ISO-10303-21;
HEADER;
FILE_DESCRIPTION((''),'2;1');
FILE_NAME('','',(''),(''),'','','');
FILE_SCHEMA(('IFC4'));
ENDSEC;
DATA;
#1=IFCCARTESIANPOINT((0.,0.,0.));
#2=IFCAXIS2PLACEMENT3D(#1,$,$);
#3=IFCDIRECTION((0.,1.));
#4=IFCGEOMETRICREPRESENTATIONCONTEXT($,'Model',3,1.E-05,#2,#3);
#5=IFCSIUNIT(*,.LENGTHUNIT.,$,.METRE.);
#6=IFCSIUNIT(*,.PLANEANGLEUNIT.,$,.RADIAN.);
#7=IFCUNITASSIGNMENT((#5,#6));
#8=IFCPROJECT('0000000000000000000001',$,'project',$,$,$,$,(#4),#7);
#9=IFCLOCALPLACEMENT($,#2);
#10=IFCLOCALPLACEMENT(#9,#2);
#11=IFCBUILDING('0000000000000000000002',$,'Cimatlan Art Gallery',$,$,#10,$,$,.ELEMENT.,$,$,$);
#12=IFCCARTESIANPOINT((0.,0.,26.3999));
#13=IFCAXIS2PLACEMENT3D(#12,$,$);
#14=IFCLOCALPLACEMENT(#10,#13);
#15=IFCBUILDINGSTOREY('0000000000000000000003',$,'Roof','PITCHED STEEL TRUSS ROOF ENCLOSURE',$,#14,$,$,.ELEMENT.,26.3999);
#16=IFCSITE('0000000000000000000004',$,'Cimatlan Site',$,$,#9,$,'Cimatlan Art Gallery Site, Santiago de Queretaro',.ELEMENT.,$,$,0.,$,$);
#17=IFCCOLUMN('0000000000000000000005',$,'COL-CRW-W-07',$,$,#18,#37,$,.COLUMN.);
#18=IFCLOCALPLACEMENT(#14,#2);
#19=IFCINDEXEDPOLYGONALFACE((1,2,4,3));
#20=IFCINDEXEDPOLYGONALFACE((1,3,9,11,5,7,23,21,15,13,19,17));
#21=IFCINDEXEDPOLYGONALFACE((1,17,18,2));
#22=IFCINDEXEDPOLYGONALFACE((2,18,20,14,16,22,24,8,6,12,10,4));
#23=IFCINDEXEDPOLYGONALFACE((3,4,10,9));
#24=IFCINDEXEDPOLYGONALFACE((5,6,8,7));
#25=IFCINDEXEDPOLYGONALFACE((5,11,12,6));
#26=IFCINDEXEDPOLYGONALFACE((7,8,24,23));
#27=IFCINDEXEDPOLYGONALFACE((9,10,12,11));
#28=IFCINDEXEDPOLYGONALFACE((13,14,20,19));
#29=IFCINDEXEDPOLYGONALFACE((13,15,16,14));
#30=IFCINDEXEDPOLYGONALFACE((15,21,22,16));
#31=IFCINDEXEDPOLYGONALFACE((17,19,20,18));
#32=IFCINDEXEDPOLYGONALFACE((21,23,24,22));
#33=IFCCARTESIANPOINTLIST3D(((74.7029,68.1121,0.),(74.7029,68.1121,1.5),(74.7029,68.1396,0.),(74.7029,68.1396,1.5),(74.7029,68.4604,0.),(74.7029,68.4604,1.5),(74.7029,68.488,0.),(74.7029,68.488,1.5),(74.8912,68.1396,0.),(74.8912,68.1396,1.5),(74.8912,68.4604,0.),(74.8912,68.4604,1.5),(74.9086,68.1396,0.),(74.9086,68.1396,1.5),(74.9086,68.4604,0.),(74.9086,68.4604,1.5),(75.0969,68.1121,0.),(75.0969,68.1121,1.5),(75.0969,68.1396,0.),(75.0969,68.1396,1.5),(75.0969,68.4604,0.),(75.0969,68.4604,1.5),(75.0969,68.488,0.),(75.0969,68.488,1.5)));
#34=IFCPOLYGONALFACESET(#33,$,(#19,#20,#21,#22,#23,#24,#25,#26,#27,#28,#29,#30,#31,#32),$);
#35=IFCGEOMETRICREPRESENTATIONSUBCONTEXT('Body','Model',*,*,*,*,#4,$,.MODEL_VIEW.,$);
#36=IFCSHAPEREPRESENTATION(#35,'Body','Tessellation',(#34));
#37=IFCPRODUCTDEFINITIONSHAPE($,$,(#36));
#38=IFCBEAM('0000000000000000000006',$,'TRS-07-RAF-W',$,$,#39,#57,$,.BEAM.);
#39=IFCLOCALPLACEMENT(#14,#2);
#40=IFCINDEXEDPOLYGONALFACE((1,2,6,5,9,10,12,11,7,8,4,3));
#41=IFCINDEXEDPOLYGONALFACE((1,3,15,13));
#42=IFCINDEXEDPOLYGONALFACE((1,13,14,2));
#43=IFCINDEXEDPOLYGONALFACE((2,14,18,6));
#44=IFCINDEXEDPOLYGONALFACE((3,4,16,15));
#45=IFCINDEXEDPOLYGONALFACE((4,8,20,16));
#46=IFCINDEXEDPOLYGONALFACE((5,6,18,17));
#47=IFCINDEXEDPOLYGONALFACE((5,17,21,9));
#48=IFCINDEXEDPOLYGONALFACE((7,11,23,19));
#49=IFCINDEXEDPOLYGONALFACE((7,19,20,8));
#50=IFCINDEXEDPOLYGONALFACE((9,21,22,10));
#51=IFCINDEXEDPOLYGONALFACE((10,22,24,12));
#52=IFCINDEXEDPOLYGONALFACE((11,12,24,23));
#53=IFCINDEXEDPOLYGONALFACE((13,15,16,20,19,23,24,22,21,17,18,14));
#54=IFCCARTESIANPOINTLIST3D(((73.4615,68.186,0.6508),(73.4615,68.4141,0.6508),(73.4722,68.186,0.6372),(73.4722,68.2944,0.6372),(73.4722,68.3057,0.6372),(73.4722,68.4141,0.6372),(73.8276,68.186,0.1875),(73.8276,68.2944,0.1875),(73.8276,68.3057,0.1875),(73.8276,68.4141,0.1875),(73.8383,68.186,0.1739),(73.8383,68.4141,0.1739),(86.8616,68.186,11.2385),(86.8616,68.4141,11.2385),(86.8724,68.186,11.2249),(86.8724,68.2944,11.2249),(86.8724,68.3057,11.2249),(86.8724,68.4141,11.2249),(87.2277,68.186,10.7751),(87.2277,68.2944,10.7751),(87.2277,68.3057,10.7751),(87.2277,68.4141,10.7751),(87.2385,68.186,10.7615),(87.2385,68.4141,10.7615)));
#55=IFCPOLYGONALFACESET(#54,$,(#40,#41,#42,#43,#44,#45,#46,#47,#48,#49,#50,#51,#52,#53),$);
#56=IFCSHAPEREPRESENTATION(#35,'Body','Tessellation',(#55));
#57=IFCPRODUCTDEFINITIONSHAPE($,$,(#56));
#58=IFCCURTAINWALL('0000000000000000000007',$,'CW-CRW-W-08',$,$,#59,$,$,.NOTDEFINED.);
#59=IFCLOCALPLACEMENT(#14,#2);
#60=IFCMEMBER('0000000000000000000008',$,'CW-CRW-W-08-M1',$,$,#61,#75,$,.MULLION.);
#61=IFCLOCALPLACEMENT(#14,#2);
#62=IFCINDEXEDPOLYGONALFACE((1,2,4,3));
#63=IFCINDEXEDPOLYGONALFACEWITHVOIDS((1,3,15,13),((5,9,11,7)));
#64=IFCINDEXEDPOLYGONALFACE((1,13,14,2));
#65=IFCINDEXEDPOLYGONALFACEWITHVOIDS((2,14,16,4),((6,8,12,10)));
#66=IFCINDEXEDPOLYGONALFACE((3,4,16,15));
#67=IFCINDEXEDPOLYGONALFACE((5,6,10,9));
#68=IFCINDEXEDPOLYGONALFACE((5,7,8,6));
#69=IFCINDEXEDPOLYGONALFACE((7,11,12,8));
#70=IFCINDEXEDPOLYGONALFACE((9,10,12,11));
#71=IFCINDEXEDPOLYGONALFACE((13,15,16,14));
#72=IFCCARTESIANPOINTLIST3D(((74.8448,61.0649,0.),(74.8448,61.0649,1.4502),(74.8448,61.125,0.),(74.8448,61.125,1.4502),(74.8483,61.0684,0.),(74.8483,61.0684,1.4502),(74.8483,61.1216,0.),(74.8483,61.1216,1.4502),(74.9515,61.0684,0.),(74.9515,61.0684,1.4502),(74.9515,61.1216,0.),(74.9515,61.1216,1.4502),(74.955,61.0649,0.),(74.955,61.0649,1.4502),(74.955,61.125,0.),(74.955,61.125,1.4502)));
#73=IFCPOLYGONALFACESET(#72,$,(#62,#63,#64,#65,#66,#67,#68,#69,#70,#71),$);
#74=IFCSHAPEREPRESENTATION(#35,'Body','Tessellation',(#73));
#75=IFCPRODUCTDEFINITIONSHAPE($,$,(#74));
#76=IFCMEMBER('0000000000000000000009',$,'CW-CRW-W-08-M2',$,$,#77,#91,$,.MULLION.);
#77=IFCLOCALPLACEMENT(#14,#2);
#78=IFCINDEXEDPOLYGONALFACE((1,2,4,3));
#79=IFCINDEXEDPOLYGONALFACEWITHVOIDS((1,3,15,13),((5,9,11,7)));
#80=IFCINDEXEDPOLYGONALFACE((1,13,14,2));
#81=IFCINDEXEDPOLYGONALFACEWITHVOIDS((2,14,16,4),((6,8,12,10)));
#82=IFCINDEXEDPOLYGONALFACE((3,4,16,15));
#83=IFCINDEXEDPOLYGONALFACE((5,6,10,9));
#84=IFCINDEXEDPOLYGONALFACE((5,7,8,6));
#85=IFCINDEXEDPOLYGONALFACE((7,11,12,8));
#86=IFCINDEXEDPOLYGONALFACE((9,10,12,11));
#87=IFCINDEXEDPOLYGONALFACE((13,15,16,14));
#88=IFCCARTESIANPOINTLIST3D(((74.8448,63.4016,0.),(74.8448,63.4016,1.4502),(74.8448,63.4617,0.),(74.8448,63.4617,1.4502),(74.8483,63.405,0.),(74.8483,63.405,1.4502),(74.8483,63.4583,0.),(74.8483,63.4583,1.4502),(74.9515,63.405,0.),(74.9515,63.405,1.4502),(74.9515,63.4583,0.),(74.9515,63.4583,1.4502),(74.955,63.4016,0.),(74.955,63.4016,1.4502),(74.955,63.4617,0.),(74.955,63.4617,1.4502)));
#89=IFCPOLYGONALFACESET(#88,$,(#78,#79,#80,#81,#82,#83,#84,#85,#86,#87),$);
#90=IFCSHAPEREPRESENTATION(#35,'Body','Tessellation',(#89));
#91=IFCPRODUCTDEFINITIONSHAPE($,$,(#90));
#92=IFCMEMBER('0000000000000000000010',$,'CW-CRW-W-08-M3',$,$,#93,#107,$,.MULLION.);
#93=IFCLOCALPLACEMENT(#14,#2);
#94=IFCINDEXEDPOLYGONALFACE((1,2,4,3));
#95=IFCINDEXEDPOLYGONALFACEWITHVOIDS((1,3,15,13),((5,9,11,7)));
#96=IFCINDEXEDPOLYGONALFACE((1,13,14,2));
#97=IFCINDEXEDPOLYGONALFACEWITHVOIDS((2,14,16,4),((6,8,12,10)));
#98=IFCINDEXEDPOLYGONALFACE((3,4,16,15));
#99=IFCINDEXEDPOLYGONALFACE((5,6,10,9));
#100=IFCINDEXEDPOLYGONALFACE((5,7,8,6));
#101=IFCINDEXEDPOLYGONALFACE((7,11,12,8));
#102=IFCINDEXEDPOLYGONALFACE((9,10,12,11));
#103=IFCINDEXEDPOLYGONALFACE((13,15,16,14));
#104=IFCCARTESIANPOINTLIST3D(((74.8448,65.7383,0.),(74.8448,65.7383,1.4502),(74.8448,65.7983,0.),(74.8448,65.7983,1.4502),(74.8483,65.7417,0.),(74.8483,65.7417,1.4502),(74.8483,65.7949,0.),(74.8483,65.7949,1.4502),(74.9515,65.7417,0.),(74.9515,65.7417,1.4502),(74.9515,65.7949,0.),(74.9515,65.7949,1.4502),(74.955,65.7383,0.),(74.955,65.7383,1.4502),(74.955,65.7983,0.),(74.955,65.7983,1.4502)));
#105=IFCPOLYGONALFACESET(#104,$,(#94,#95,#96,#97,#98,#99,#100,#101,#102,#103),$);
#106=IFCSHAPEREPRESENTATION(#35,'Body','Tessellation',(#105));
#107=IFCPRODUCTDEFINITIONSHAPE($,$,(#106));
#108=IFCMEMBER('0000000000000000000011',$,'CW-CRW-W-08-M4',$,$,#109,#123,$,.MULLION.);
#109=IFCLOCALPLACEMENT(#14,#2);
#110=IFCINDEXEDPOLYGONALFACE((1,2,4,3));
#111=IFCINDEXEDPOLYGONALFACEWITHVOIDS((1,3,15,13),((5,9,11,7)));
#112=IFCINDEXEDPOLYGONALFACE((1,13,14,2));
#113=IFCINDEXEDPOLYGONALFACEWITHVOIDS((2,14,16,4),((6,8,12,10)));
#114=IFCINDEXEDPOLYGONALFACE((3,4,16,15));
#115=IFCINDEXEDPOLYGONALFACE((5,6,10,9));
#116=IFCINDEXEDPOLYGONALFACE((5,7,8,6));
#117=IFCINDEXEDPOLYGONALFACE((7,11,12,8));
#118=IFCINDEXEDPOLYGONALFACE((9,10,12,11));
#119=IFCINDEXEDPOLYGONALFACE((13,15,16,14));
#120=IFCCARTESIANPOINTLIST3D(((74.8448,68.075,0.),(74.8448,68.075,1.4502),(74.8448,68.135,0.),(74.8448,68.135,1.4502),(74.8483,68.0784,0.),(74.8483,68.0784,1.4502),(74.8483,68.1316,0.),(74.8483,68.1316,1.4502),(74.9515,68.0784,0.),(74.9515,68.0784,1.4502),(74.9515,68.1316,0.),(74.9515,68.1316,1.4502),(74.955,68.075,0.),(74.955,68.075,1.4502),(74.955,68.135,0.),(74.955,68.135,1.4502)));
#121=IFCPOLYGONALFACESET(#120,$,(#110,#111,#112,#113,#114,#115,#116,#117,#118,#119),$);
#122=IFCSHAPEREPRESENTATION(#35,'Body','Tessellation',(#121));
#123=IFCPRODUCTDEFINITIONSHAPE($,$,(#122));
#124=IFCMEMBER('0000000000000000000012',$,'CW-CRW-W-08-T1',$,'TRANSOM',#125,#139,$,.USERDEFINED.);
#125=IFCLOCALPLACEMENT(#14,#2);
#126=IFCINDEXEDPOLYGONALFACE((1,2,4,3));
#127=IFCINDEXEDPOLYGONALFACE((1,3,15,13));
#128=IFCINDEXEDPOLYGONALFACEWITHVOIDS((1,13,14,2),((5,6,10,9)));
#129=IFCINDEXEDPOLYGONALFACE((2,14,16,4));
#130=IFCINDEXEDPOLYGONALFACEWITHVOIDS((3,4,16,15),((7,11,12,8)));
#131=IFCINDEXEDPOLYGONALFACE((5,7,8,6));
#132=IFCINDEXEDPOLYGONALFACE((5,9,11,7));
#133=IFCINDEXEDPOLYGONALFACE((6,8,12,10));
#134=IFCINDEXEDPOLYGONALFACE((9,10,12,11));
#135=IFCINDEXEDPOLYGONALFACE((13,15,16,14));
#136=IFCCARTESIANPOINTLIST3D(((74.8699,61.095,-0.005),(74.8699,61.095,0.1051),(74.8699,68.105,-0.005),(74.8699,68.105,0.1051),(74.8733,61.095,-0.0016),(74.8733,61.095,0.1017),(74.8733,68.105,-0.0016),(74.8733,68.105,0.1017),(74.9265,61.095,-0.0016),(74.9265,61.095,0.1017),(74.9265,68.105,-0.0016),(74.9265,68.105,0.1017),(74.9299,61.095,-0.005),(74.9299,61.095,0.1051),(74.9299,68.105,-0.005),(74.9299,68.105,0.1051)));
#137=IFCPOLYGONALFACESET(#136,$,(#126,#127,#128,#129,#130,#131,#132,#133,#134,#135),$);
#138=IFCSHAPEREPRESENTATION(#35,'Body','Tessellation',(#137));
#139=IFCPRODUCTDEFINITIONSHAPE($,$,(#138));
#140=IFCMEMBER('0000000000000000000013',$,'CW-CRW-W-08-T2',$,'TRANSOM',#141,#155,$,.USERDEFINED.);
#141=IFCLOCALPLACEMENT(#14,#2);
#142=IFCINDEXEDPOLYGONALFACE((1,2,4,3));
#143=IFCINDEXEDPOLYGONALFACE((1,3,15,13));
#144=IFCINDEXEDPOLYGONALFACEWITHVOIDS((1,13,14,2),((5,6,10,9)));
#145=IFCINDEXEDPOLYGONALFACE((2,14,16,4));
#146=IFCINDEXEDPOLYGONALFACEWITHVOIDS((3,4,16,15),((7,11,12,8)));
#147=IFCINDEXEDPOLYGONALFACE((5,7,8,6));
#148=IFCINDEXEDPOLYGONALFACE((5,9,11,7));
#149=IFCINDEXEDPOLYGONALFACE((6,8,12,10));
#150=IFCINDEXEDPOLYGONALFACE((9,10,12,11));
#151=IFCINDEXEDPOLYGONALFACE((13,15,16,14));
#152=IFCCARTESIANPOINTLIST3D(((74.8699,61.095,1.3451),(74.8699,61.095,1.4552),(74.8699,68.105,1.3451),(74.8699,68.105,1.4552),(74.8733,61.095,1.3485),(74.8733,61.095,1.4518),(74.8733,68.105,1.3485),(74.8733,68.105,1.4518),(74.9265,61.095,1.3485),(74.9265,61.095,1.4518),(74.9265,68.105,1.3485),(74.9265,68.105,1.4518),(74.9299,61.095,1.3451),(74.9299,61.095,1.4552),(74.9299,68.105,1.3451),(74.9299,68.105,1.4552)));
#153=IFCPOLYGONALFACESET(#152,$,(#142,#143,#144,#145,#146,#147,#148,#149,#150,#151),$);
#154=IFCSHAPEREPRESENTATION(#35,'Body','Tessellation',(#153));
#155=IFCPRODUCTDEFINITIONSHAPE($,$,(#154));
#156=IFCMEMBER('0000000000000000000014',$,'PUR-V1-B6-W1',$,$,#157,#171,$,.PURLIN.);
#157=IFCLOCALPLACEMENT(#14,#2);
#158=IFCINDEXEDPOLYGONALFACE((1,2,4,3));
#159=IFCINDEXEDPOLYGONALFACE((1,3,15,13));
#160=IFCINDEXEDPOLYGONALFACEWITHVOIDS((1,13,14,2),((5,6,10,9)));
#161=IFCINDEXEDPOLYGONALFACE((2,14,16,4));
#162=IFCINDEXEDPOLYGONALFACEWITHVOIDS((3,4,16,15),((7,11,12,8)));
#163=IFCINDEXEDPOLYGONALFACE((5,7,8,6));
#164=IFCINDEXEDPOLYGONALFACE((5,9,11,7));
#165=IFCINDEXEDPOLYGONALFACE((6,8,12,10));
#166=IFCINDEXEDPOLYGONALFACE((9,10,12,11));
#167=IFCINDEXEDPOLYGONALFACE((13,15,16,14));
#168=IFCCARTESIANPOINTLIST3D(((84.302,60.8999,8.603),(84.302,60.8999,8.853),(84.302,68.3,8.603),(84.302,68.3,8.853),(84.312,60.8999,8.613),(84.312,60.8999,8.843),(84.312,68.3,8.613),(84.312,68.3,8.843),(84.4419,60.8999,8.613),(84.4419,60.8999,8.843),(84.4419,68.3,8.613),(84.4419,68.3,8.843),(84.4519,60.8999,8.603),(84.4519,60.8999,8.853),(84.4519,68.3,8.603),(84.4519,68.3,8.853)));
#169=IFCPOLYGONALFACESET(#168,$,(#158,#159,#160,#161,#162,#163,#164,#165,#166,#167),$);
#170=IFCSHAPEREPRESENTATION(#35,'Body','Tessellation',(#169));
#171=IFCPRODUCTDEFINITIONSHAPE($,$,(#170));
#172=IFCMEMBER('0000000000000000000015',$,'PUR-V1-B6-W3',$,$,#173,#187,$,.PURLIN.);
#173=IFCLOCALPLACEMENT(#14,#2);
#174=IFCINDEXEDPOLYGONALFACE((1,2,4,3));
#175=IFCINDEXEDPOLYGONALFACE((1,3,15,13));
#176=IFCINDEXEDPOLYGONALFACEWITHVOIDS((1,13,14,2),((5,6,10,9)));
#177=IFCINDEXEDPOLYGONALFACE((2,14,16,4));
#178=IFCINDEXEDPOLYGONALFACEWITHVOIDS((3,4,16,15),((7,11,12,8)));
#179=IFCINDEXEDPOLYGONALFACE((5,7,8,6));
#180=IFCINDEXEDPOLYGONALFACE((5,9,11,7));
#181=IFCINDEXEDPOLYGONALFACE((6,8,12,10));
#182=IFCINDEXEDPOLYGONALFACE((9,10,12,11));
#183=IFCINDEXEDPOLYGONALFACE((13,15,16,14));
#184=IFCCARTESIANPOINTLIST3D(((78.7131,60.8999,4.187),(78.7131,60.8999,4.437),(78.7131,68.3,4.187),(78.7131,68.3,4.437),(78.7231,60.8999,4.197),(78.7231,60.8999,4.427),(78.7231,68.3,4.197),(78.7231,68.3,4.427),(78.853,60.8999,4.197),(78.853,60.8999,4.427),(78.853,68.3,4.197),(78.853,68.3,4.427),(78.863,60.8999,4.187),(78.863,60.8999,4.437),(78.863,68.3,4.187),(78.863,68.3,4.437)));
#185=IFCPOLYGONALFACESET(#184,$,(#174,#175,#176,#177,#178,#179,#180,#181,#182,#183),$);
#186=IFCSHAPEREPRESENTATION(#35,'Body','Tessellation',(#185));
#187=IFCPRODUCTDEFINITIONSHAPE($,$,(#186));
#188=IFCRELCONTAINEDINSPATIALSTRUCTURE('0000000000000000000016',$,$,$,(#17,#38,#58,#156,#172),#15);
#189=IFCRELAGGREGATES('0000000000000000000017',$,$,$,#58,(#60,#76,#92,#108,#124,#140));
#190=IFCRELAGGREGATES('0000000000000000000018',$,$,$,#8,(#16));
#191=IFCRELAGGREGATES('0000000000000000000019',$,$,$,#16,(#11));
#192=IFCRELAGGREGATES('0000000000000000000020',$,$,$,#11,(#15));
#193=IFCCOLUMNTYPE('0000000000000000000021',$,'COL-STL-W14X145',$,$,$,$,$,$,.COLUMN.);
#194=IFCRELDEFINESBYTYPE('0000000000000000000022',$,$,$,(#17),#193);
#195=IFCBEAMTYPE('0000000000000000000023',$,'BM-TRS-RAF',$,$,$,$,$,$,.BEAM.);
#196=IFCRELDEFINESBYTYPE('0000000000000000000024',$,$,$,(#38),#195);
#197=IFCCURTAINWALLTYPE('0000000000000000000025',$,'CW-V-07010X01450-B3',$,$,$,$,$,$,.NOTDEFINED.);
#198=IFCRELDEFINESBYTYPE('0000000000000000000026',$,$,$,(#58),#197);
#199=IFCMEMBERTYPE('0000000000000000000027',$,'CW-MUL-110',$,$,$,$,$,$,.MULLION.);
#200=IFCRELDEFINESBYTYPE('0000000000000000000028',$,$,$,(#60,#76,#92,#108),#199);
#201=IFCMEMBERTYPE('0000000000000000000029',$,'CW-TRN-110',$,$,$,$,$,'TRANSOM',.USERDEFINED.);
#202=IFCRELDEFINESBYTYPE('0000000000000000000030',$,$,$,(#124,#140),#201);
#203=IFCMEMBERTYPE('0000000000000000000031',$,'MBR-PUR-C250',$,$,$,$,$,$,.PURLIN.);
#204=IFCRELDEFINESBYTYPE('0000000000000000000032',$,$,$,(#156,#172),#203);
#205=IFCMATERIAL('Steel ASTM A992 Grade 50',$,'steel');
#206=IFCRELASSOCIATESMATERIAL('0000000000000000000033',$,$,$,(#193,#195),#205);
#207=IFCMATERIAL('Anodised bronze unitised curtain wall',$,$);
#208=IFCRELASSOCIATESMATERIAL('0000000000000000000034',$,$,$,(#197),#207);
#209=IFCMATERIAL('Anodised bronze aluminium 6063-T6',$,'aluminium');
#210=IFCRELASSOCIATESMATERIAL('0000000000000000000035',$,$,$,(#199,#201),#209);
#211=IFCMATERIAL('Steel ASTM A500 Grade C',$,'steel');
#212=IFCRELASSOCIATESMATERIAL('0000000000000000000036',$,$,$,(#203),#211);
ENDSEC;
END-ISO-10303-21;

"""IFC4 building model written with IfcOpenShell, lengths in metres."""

from ifc_helpers import new_model, si_unit, direction, frame, origin, origin_2d, place, context, subcontext, project, spatial, hollow_rectangle, i_section, extrude, material, material_profile, profile_set, type_object, element, aggregate, save


model = new_model("IFC4")

# Units and contexts
model_context = context("Model", 3, precision=1e-05, world=origin(), true_north=direction((0.0, 1.0)))
body_context = subcontext(model_context, "Body", "Model", "MODEL_VIEW")
ifc_project = project(units=[si_unit("LENGTHUNIT", "METRE"), si_unit("PLANEANGLEUNIT", "RADIAN")], contexts=[model_context])

# Site, building, storey
site_placement = place(None, origin())
site = spatial("IfcSite", under=ifc_project, at=site_placement, Name="Cimatlan Site", LongName="Cimatlan Art Gallery Site, Santiago de Queretaro", CompositionType="ELEMENT", RefElevation=0.0)
building_placement = place(site_placement, origin())
building = spatial("IfcBuilding", under=site, at=building_placement, Name="Cimatlan Art Gallery", CompositionType="ELEMENT")
storey_placement = place(building_placement, frame((0.0, 0.0, 26.3999)))
storey = spatial("IfcBuildingStorey", under=building, at=storey_placement, Name="Roof", Description="PITCHED STEEL TRUSS ROOF ENCLOSURE", CompositionType="ELEMENT", Elevation=26.3999)

# Column
ifc_material_1 = material(Name="Steel ASTM A992 Grade 50", Category="steel")
ifc_material_profile_1 = material_profile(ifc_material_1, i_section(OverallWidth=0.394, OverallDepth=0.376, WebThickness=0.0173, FlangeThickness=0.0276, at=origin_2d()), Name="W14X145")
ifc_profile_set_1 = profile_set([ifc_material_profile_1], Name="Steel ASTM A992 Grade 50")
column_type = type_object("IfcColumnType", Name="COL-STL-W14X145", PredefinedType="COLUMN", material=ifc_profile_set_1)
column_placement = place(storey_placement, frame((74.8999, 68.3, 0.0), z_axis=(0.0, 0.0, 1.0), x_axis=(1.0, 0.0, 0.0)))
element("IfcColumn", 1, at=column_placement, inside=storey, type_object=column_type, Name="COL-CRW-W-07", PredefinedType="COLUMN", context=body_context, shape_type="SweptSolid", body=[
    extrude(i_section(OverallWidth=0.394, OverallDepth=0.376, WebThickness=0.0173, FlangeThickness=0.0276, at=origin_2d()), origin(), (0.0, 0.0, 1.0), 1.5),
])

# Beam
ifc_material_profile_2 = material_profile(ifc_material_1, i_section(OverallWidth=0.228, OverallDepth=0.6079, WebThickness=0.0112, FlangeThickness=0.0173, at=origin_2d()), Name="W24X76")
ifc_profile_set_2 = profile_set([ifc_material_profile_2], Name="Steel ASTM A992 Grade 50")
beam_type = type_object("IfcBeamType", Name="BM-TRS-RAF", PredefinedType="BEAM", material=ifc_profile_set_2)
beam_placement = place(storey_placement, frame((73.6499, 68.3, 0.4124), z_axis=(0.784638, 0.0, 0.619954), x_axis=(0.0, 1.0, 0.0)))
element("IfcBeam", 2, at=beam_placement, inside=storey, type_object=beam_type, Name="TRS-07-RAF-W", PredefinedType="BEAM", context=body_context, shape_type="SweptSolid", body=[
    extrude(i_section(OverallWidth=0.228, OverallDepth=0.6079, WebThickness=0.0112, FlangeThickness=0.0173, at=origin_2d()), origin(), (0.0, 0.0, 1.0), 17.0781),
])

# Curtain wall, members
ifc_material_2 = material(Name="Anodised bronze unitised curtain wall")
curtain_wall_type = type_object("IfcCurtainWallType", Name="CW-V-07010X01450-B3", PredefinedType="NOTDEFINED", material=ifc_material_2)
curtain_wall_placement = place(storey_placement, origin())
curtain_wall = element("IfcCurtainWall", 3, at=curtain_wall_placement, inside=storey, type_object=curtain_wall_type, Name="CW-CRW-W-08", PredefinedType="NOTDEFINED")
ifc_material_3 = material(Name="Anodised bronze aluminium 6063-T6", Category="aluminium")
ifc_material_profile_3 = material_profile(ifc_material_3, hollow_rectangle(XDim=0.0601, YDim=0.1101, WallThickness=0.0034, at=origin_2d()), Name="ALU60X110X3")
ifc_profile_set_3 = profile_set([ifc_material_profile_3], Name="Anodised bronze aluminium 6063-T6")
member_type_1 = type_object("IfcMemberType", Name="CW-MUL-110", PredefinedType="MULLION", material=ifc_profile_set_3)
member_1_placement = place(storey_placement, frame((74.8999, 61.095, 0.0), z_axis=(0.0, 0.0, 1.0), x_axis=(0.0, 1.0, 0.0)))
member_1 = element("IfcMember", 4, at=member_1_placement, type_object=member_type_1, Name="CW-CRW-W-08-M1", PredefinedType="MULLION", context=body_context, shape_type="SweptSolid", body=[
    extrude(hollow_rectangle(XDim=0.0601, YDim=0.1101, WallThickness=0.0034, at=origin_2d()), origin(), (0.0, 0.0, 1.0), 1.4502),
])
member_2_placement = place(storey_placement, frame((74.8999, 63.4316, 0.0), z_axis=(0.0, 0.0, 1.0), x_axis=(0.0, 1.0, 0.0)))
member_2 = element("IfcMember", 5, at=member_2_placement, type_object=member_type_1, Name="CW-CRW-W-08-M2", PredefinedType="MULLION", context=body_context, shape_type="SweptSolid", body=[
    extrude(hollow_rectangle(XDim=0.0601, YDim=0.1101, WallThickness=0.0034, at=origin_2d()), origin(), (0.0, 0.0, 1.0), 1.4502),
])
member_3_placement = place(storey_placement, frame((74.8999, 65.7683, 0.0), z_axis=(0.0, 0.0, 1.0), x_axis=(0.0, 1.0, 0.0)))
member_3 = element("IfcMember", 6, at=member_3_placement, type_object=member_type_1, Name="CW-CRW-W-08-M3", PredefinedType="MULLION", context=body_context, shape_type="SweptSolid", body=[
    extrude(hollow_rectangle(XDim=0.0601, YDim=0.1101, WallThickness=0.0034, at=origin_2d()), origin(), (0.0, 0.0, 1.0), 1.4502),
])
member_4_placement = place(storey_placement, frame((74.8999, 68.105, 0.0), z_axis=(0.0, 0.0, 1.0), x_axis=(0.0, 1.0, 0.0)))
member_4 = element("IfcMember", 7, at=member_4_placement, type_object=member_type_1, Name="CW-CRW-W-08-M4", PredefinedType="MULLION", context=body_context, shape_type="SweptSolid", body=[
    extrude(hollow_rectangle(XDim=0.0601, YDim=0.1101, WallThickness=0.0034, at=origin_2d()), origin(), (0.0, 0.0, 1.0), 1.4502),
])
ifc_material_profile_4 = material_profile(ifc_material_3, hollow_rectangle(XDim=0.0601, YDim=0.1101, WallThickness=0.0034, at=origin_2d()), Name="ALU60X110X3")
ifc_profile_set_4 = profile_set([ifc_material_profile_4], Name="Anodised bronze aluminium 6063-T6")
member_type_2 = type_object("IfcMemberType", Name="CW-TRN-110", ElementType="TRANSOM", PredefinedType="USERDEFINED", material=ifc_profile_set_4)
member_5_placement = place(storey_placement, frame((74.8999, 61.095, 0.05), z_axis=(0.0, 1.0, 0.0), x_axis=(-1.0, 0.0, 0.0)))
member_5 = element("IfcMember", 8, at=member_5_placement, type_object=member_type_2, Name="CW-CRW-W-08-T1", ObjectType="TRANSOM", PredefinedType="USERDEFINED", context=body_context, shape_type="SweptSolid", body=[
    extrude(hollow_rectangle(XDim=0.0601, YDim=0.1101, WallThickness=0.0034, at=origin_2d()), origin(), (0.0, 0.0, 1.0), 7.01),
])
member_6_placement = place(storey_placement, frame((74.8999, 61.095, 1.4001), z_axis=(0.0, 1.0, 0.0), x_axis=(-1.0, 0.0, 0.0)))
member_6 = element("IfcMember", 9, at=member_6_placement, type_object=member_type_2, Name="CW-CRW-W-08-T2", ObjectType="TRANSOM", PredefinedType="USERDEFINED", context=body_context, shape_type="SweptSolid", body=[
    extrude(hollow_rectangle(XDim=0.0601, YDim=0.1101, WallThickness=0.0034, at=origin_2d()), origin(), (0.0, 0.0, 1.0), 7.01),
])

# Members
ifc_material_4 = material(Name="Steel ASTM A500 Grade C", Category="steel")
ifc_material_profile_5 = material_profile(ifc_material_4, hollow_rectangle(XDim=0.1499, YDim=0.25, WallThickness=0.01, at=origin_2d()), Name="HSS250X150X10")
ifc_profile_set_5 = profile_set([ifc_material_profile_5], Name="Steel ASTM A500 Grade C")
member_type_3 = type_object("IfcMemberType", Name="MBR-PUR-C250", PredefinedType="PURLIN", material=ifc_profile_set_5)
for number, where, z_axis, x_axis, name in (
    (10, (84.377, 60.8999, 8.728), (0.0, 1.0, 0.0), (-1.0, 0.0, 0.0), "PUR-V1-B6-W1"),
    (11, (78.7881, 60.8999, 4.312), (0.0, 1.0, 0.0), (-1.0, 0.0, 0.0), "PUR-V1-B6-W3"),
):
    element("IfcMember", number, at=place(storey_placement, frame(where, z_axis=z_axis, x_axis=x_axis)), inside=storey, type_object=member_type_3, Name=name, PredefinedType="PURLIN", context=body_context, shape_type="SweptSolid", body=[
        extrude(hollow_rectangle(XDim=0.1499, YDim=0.25, WallThickness=0.01, at=origin_2d()), origin(), (0.0, 0.0, 1.0), 7.4001),
    ])

aggregate(curtain_wall, [member_1, member_2, member_3, member_4, member_5, member_6])

save(model, "model.ifc")
